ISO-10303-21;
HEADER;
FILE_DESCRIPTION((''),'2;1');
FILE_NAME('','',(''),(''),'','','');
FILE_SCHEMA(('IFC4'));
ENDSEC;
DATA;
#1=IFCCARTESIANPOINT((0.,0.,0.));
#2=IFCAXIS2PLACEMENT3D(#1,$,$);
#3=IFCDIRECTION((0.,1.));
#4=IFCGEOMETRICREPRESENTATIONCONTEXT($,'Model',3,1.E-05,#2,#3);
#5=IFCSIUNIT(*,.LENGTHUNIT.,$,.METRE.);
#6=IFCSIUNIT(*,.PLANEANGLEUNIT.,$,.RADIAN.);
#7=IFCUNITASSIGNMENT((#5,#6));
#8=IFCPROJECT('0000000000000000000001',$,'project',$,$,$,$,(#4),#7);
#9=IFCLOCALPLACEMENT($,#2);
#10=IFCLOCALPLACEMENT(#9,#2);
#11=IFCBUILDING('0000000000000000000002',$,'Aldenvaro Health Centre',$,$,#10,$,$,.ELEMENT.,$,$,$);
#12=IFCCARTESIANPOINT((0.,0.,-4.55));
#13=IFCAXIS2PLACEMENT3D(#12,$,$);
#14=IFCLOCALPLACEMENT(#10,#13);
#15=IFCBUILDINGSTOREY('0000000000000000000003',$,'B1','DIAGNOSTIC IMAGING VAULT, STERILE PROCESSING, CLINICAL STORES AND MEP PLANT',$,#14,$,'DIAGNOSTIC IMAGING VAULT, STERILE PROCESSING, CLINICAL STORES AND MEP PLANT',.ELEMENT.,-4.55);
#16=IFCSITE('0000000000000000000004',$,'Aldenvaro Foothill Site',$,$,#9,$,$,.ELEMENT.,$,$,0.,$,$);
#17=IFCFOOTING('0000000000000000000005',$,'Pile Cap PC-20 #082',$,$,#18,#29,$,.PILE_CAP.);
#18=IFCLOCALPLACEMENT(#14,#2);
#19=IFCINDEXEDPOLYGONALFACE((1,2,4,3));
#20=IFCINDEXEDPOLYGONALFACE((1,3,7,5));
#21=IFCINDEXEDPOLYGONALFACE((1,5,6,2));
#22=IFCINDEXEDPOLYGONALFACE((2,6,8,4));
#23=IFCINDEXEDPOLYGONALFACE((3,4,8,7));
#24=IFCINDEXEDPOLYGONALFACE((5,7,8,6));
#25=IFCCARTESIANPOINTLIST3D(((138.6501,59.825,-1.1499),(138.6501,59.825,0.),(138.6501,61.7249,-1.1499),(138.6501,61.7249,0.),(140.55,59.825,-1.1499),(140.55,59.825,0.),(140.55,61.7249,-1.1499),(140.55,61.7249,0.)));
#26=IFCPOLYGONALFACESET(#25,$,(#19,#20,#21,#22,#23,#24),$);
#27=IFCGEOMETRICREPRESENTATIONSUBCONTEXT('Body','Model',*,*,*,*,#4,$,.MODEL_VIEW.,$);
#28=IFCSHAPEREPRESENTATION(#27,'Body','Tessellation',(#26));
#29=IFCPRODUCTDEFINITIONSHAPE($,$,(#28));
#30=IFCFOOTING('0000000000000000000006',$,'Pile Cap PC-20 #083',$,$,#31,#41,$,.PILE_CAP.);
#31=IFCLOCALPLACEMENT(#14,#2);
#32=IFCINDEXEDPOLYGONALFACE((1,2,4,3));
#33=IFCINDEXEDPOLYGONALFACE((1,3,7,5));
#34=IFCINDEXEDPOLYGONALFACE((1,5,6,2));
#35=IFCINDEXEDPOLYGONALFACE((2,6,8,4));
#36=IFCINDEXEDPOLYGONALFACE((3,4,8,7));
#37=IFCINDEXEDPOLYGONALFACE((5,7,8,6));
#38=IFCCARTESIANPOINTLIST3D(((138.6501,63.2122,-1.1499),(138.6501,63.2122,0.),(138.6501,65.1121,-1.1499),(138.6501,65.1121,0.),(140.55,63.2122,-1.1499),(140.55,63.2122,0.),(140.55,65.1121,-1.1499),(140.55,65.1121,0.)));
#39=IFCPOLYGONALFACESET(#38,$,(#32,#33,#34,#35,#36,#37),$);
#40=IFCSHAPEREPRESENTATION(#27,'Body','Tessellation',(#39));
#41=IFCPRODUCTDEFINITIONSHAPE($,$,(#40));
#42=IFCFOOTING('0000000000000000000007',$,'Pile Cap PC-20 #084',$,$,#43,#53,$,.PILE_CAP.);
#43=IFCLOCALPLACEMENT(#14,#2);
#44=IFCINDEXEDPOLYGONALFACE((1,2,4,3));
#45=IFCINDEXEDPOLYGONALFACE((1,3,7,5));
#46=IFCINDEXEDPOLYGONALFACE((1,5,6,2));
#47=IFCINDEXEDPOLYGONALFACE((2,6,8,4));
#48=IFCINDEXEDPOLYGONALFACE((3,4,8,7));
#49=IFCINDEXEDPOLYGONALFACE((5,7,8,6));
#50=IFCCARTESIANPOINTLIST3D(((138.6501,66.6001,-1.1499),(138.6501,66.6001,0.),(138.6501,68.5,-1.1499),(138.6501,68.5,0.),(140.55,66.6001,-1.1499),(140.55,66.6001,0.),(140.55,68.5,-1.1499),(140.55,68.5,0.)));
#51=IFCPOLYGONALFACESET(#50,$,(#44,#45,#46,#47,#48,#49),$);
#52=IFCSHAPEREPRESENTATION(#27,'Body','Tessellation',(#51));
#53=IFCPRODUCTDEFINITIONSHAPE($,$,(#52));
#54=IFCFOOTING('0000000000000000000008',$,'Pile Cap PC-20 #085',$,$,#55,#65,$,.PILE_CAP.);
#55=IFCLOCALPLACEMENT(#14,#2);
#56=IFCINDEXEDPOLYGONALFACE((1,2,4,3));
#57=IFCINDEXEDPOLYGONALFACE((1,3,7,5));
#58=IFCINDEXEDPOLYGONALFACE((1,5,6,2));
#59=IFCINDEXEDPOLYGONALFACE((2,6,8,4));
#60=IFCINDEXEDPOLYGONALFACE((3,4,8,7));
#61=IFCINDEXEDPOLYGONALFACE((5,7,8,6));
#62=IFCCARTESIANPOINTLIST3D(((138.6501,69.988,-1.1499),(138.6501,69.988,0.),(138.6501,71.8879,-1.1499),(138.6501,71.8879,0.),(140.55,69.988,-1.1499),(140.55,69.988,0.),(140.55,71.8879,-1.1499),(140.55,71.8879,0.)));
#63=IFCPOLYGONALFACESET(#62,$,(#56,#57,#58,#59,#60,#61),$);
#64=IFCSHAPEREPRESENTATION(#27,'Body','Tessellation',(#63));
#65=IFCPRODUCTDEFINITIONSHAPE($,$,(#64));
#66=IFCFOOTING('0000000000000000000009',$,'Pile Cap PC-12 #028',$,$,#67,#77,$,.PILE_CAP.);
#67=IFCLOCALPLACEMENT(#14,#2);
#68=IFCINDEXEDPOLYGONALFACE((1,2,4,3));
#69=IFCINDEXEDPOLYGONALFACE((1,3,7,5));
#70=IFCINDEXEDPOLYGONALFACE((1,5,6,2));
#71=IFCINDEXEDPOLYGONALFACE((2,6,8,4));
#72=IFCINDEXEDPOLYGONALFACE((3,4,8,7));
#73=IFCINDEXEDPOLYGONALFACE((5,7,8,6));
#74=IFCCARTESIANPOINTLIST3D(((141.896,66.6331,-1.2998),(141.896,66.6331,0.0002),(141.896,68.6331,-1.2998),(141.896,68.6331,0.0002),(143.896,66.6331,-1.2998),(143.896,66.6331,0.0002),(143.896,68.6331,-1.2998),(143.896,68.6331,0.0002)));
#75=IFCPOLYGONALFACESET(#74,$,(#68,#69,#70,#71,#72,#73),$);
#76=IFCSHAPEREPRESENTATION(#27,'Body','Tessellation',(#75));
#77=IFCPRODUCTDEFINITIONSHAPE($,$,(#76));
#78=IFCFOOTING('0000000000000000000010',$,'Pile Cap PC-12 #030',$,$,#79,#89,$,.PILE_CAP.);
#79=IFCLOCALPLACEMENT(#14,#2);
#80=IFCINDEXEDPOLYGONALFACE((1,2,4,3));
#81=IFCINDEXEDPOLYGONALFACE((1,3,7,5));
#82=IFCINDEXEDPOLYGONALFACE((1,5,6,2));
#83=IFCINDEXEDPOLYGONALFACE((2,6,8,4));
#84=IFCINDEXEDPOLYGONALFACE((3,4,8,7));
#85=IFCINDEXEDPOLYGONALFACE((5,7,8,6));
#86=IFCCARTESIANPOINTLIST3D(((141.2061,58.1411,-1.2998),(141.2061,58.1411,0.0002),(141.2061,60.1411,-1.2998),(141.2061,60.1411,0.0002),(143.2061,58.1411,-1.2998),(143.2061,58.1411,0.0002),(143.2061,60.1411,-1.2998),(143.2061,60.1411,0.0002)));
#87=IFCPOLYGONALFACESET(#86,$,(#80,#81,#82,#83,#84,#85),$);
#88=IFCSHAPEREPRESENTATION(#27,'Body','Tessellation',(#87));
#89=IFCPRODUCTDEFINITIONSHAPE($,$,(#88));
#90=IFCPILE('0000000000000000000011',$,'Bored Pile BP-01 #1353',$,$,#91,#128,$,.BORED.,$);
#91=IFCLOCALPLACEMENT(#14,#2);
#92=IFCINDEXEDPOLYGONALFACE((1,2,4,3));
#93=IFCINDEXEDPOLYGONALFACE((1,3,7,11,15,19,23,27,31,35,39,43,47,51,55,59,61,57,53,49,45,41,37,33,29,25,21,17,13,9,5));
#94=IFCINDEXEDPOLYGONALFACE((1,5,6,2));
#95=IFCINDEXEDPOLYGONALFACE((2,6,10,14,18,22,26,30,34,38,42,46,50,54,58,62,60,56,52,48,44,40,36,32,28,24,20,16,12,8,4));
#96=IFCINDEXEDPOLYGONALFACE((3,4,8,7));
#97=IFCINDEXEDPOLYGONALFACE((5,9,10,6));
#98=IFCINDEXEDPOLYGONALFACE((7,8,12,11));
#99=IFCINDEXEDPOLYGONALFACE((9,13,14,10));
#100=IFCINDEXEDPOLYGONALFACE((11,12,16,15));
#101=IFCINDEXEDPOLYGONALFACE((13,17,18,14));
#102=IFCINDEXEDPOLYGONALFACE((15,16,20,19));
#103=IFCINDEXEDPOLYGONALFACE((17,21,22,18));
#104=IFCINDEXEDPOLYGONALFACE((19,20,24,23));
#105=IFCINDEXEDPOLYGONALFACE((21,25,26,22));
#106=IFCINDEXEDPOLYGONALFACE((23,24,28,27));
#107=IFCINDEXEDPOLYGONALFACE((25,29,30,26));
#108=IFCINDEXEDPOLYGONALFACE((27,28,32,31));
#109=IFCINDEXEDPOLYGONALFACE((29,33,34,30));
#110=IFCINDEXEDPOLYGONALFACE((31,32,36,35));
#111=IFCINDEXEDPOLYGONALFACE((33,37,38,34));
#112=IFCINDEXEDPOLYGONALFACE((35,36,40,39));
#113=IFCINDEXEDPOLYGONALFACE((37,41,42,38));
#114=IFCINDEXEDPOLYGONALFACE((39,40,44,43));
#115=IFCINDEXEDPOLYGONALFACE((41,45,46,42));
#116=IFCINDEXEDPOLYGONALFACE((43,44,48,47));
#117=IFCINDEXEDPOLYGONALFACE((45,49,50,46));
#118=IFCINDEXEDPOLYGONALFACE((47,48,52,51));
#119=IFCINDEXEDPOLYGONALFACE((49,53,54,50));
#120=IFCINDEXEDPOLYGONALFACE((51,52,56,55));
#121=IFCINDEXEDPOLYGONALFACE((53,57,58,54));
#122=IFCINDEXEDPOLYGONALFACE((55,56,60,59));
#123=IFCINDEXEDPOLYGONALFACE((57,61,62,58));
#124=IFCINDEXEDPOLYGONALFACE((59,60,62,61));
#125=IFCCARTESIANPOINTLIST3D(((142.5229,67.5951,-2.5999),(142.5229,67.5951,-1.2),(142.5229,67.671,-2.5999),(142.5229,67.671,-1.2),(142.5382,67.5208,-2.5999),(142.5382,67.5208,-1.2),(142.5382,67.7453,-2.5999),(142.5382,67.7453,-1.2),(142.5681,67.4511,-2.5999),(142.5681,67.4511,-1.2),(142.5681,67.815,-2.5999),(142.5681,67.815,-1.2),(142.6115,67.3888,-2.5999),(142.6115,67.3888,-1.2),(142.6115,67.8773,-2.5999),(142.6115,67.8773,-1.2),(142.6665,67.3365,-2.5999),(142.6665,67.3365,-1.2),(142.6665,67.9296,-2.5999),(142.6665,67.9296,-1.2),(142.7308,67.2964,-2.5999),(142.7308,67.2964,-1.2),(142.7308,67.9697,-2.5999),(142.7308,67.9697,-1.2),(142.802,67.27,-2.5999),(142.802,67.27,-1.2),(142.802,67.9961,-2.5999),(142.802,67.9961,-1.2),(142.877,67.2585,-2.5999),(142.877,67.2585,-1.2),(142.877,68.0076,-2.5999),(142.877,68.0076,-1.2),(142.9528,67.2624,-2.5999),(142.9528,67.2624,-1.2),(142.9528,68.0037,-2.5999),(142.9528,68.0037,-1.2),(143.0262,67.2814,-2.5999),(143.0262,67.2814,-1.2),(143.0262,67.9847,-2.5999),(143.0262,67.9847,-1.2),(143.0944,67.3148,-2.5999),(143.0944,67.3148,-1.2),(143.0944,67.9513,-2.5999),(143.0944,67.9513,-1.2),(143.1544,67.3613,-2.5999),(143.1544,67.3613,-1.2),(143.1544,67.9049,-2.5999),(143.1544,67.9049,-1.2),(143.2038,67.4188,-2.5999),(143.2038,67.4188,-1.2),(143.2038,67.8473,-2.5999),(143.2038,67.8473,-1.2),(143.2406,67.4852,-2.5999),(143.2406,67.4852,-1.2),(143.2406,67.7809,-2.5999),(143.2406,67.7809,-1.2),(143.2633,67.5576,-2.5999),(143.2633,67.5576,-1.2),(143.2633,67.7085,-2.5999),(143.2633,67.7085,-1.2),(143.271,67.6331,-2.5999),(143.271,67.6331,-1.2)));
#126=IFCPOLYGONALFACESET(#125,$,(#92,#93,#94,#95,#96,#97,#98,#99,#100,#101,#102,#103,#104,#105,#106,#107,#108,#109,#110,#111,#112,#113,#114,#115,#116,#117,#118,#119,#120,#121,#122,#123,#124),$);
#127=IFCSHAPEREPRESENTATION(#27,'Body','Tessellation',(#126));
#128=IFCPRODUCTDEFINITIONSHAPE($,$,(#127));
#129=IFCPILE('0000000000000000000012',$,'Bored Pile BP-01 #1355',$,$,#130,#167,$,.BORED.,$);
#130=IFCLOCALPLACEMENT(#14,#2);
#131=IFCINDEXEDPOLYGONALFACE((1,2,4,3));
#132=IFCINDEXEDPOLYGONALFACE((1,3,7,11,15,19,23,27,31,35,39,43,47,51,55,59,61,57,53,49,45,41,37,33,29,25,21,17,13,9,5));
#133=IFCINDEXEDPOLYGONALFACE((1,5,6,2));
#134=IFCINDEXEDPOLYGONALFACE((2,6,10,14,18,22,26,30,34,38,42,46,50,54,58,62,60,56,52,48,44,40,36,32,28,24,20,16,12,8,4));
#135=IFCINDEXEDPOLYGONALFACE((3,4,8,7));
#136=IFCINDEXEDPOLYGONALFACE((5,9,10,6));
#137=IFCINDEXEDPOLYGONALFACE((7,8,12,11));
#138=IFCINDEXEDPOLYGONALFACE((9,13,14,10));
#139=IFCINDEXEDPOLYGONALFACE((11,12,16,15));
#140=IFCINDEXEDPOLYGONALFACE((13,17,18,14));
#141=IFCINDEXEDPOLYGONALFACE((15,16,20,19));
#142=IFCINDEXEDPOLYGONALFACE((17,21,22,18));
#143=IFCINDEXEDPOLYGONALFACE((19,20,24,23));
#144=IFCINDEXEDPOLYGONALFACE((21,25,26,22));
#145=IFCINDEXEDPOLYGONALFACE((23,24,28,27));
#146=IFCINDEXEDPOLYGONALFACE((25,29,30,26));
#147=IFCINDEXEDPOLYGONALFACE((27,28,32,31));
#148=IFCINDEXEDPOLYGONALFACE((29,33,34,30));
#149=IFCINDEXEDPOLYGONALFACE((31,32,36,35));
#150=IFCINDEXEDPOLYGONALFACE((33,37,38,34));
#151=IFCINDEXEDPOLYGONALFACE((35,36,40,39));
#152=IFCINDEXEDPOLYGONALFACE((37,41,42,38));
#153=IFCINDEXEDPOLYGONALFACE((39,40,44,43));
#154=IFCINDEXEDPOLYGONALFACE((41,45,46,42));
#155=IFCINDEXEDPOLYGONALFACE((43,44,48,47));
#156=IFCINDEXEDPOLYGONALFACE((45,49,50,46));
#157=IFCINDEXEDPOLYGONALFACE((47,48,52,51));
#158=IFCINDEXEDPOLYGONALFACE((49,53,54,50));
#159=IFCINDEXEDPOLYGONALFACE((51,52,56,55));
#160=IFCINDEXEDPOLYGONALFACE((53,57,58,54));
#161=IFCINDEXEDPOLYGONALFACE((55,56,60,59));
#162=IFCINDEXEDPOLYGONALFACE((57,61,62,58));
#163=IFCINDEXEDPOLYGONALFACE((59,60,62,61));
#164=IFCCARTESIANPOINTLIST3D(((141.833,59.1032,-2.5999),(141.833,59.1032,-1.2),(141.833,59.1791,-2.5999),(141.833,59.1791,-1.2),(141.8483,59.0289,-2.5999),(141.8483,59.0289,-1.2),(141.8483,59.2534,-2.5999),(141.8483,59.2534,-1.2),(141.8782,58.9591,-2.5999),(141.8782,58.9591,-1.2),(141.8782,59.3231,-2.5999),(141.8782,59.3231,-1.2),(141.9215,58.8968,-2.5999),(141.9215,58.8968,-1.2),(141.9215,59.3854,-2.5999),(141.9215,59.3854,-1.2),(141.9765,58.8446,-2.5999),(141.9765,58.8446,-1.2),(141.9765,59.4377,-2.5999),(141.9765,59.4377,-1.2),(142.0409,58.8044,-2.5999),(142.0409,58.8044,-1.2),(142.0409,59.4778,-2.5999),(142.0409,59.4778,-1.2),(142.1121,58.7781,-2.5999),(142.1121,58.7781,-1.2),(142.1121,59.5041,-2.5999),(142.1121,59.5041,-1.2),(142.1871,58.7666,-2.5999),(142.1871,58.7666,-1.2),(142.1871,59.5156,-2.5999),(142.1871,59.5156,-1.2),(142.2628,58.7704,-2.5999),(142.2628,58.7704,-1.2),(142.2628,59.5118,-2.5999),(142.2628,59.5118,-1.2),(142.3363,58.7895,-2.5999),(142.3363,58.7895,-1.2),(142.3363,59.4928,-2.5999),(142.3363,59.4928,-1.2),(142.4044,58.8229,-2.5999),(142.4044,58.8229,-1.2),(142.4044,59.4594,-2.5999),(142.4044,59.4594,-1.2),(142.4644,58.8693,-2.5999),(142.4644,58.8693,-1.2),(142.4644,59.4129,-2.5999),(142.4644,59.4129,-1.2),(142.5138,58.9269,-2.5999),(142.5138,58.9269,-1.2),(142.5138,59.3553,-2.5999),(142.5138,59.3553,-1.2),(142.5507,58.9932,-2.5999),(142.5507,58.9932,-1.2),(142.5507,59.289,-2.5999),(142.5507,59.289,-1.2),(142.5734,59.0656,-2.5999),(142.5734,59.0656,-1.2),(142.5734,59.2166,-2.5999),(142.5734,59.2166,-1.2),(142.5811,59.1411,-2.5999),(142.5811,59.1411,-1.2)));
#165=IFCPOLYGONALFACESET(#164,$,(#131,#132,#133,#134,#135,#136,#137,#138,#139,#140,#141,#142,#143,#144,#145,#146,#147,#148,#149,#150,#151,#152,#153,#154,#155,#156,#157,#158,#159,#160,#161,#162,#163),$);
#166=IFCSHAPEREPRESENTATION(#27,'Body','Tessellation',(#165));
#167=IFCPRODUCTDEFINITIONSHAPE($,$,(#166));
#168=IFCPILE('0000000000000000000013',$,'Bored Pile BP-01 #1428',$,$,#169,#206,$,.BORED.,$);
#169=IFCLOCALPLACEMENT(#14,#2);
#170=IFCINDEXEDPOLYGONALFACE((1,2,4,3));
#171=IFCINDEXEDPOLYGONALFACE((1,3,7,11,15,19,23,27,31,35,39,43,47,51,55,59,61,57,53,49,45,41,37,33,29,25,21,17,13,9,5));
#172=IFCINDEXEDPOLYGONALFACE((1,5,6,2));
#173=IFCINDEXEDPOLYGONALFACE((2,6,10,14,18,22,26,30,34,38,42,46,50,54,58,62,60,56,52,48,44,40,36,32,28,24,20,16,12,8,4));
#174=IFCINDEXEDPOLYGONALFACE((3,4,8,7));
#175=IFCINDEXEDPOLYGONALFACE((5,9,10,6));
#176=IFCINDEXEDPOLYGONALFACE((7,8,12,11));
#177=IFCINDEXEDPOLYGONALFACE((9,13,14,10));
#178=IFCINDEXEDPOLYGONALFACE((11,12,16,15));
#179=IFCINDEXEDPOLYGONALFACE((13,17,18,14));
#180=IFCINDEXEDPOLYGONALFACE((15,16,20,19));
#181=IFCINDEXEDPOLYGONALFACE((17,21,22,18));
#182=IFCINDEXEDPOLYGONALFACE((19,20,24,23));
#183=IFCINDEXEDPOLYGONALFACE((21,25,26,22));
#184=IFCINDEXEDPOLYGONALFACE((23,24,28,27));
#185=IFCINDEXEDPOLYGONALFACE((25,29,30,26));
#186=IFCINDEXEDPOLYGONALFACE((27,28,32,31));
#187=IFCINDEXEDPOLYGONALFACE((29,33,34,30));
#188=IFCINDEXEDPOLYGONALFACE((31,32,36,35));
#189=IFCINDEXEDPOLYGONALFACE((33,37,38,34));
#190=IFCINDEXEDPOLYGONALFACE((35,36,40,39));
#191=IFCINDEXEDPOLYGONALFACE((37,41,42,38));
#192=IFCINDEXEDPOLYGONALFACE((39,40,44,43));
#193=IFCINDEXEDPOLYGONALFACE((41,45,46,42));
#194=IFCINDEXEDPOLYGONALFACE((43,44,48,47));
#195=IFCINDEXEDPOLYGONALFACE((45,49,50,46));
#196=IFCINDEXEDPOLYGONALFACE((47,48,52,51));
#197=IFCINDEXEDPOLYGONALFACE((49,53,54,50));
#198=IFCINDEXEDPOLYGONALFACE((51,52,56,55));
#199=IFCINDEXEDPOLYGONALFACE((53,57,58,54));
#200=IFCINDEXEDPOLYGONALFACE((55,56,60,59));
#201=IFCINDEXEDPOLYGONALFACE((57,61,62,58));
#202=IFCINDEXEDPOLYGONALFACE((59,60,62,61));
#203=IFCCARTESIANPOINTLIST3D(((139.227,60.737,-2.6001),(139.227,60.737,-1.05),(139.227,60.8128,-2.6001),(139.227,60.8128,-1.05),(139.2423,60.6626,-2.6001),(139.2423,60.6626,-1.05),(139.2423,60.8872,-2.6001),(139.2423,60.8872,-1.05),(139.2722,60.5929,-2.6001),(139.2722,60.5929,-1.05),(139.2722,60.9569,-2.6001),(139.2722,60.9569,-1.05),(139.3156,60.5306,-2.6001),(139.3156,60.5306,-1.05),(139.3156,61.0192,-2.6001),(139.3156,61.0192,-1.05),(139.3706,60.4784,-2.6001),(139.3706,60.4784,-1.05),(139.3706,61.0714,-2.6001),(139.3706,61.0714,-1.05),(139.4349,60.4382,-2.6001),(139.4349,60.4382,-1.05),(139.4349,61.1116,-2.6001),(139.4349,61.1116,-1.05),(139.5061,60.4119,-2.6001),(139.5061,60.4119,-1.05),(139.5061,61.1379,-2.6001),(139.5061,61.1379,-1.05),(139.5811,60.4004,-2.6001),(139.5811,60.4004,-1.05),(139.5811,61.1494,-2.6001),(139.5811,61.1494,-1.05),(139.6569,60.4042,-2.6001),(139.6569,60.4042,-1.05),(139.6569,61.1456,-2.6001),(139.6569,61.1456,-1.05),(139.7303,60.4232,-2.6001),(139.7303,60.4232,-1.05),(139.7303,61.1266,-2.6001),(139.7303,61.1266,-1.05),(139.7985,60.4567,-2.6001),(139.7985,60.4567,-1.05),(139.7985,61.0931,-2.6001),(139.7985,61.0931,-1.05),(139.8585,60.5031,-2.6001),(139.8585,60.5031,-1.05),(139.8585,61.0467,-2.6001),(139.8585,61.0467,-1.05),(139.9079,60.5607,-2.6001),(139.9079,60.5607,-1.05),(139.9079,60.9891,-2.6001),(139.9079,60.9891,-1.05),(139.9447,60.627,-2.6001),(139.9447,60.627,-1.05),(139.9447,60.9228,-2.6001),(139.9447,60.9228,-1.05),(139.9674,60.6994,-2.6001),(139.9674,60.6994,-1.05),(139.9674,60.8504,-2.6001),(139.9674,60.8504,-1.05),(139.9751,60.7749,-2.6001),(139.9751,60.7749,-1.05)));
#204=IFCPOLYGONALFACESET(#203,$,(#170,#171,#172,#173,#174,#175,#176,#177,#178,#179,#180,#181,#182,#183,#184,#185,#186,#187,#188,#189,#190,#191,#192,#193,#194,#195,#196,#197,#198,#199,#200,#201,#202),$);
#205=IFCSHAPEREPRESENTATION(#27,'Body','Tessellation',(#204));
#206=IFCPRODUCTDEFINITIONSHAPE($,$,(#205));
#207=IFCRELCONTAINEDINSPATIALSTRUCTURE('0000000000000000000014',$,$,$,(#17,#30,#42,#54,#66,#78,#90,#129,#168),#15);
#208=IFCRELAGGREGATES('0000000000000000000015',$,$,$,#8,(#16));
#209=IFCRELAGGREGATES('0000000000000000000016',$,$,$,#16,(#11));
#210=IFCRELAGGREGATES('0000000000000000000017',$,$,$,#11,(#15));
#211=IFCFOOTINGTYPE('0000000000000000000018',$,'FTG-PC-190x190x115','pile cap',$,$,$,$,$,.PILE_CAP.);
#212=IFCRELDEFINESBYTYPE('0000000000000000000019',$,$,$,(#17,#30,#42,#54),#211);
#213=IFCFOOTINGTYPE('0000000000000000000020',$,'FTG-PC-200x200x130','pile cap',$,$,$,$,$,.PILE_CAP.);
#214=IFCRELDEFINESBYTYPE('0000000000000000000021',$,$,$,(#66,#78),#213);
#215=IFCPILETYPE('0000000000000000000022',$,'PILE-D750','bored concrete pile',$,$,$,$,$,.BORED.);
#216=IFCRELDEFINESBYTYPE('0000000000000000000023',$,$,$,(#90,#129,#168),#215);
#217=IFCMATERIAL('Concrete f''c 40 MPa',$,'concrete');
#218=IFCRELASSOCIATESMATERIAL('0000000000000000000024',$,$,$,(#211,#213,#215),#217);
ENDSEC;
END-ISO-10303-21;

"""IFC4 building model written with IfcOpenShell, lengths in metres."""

from ifc_helpers import new_model, si_unit, direction, frame, origin, origin_2d, place, context, subcontext, project, spatial, rectangle, circle, extrude, material, material_profile, profile_set, type_object, element, save


model = new_model("IFC4")

# Units and contexts
model_context = context("Model", 3, precision=1e-05, world=origin(), true_north=direction((0.0, 1.0)))
body_context = subcontext(model_context, "Body", "Model", "MODEL_VIEW")
ifc_project = project(units=[si_unit("LENGTHUNIT", "METRE"), si_unit("PLANEANGLEUNIT", "RADIAN")], contexts=[model_context])

# Site, building, storey
site_placement = place(None, origin())
site = spatial("IfcSite", under=ifc_project, at=site_placement, Name="Aldenvaro Foothill Site", CompositionType="ELEMENT", RefElevation=0.0)
building_placement = place(site_placement, origin())
building = spatial("IfcBuilding", under=site, at=building_placement, Name="Aldenvaro Health Centre", CompositionType="ELEMENT")
storey_placement = place(building_placement, frame((0.0, 0.0, -4.55)))
storey = spatial("IfcBuildingStorey", under=building, at=storey_placement, Name="B1", Description="DIAGNOSTIC IMAGING VAULT, STERILE PROCESSING, CLINICAL STORES AND MEP PLANT", LongName="DIAGNOSTIC IMAGING VAULT, STERILE PROCESSING, CLINICAL STORES AND MEP PLANT", CompositionType="ELEMENT", Elevation=-4.55)

# Footings
ifc_material_1 = material(Name="Concrete f'c 40 MPa", Category="concrete")
footing_type_1 = type_object("IfcFootingType", Name="FTG-PC-190x190x115", Description="pile cap", PredefinedType="PILE_CAP", material=ifc_material_1)
for number, where, z_axis, x_axis, name in (
    (1, (139.6001, 60.7749, -1.1499), (0.0, 0.0, 1.0), (1.0, 0.0, 0.0), "Pile Cap PC-20 #082"),
    (2, (139.6001, 64.1621, -1.1499), (0.0, 0.0, 1.0), (1.0, 0.0, 0.0), "Pile Cap PC-20 #083"),
    (3, (139.6001, 67.55, -1.1499), (0.0, 0.0, 1.0), (1.0, 0.0, 0.0), "Pile Cap PC-20 #084"),
    (4, (139.6001, 70.938, -1.1499), (0.0, 0.0, 1.0), (1.0, 0.0, 0.0), "Pile Cap PC-20 #085"),
):
    element("IfcFooting", number, at=place(storey_placement, frame(where, z_axis=z_axis, x_axis=x_axis)), inside=storey, type_object=footing_type_1, Name=name, PredefinedType="PILE_CAP", context=body_context, shape_type="SweptSolid", body=[
        extrude(rectangle(XDim=1.8999, YDim=1.8999, at=origin_2d()), origin(), (0.0, 0.0, 1.0), 1.1499),
    ])
footing_type_2 = type_object("IfcFootingType", Name="FTG-PC-200x200x130", Description="pile cap", PredefinedType="PILE_CAP", material=ifc_material_1)
for number, where, z_axis, x_axis, name in (
    (5, (142.896, 67.6331, -1.2998), (0.0, 0.0, 1.0), (1.0, 0.0, 0.0), "Pile Cap PC-12 #028"),
    (6, (142.2061, 59.1411, -1.2998), (0.0, 0.0, 1.0), (1.0, 0.0, 0.0), "Pile Cap PC-12 #030"),
):
    element("IfcFooting", number, at=place(storey_placement, frame(where, z_axis=z_axis, x_axis=x_axis)), inside=storey, type_object=footing_type_2, Name=name, PredefinedType="PILE_CAP", context=body_context, shape_type="SweptSolid", body=[
        extrude(rectangle(XDim=2.0, YDim=2.0, at=origin_2d()), origin(), (0.0, 0.0, 1.0), 1.3),
    ])

# Piles
ifc_material_profile_1 = material_profile(ifc_material_1, circle(Radius=0.375, at=origin_2d()), Name="PILE D750", Category="concrete")
ifc_profile_set_1 = profile_set([ifc_material_profile_1], Name="Concrete f'c 40 MPa")
pile_type_1 = type_object("IfcPileType", Name="PILE-D750", Description="bored concrete pile", PredefinedType="BORED", material=ifc_profile_set_1)
for number, where, z_axis, x_axis, name in (
    (7, (142.896, 67.6331, -1.2), (0.0, 0.0, -1.0), (1.0, 0.0, 0.0), "Bored Pile BP-01 #1353"),
    (8, (142.2061, 59.1411, -1.2), (0.0, 0.0, -1.0), (1.0, 0.0, 0.0), "Bored Pile BP-01 #1355"),
):
    element("IfcPile", number, at=place(storey_placement, frame(where, z_axis=z_axis, x_axis=x_axis)), inside=storey, type_object=pile_type_1, Name=name, PredefinedType="BORED", context=body_context, shape_type="SweptSolid", body=[
        extrude(circle(Radius=0.375, at=origin_2d()), origin(), (0.0, 0.0, 1.0), 1.3999),
    ])
for number, where, z_axis, x_axis, name in (
    (9, (139.6001, 60.7749, -1.05), (0.0, 0.0, -1.0), (1.0, 0.0, 0.0), "Bored Pile BP-01 #1428"),
):
    element("IfcPile", number, at=place(storey_placement, frame(where, z_axis=z_axis, x_axis=x_axis)), inside=storey, type_object=pile_type_1, Name=name, PredefinedType="BORED", context=body_context, shape_type="SweptSolid", body=[
        extrude(circle(Radius=0.375, at=origin_2d()), origin(), (0.0, 0.0, 1.0), 1.55),
    ])

save(model, "model.ifc")
